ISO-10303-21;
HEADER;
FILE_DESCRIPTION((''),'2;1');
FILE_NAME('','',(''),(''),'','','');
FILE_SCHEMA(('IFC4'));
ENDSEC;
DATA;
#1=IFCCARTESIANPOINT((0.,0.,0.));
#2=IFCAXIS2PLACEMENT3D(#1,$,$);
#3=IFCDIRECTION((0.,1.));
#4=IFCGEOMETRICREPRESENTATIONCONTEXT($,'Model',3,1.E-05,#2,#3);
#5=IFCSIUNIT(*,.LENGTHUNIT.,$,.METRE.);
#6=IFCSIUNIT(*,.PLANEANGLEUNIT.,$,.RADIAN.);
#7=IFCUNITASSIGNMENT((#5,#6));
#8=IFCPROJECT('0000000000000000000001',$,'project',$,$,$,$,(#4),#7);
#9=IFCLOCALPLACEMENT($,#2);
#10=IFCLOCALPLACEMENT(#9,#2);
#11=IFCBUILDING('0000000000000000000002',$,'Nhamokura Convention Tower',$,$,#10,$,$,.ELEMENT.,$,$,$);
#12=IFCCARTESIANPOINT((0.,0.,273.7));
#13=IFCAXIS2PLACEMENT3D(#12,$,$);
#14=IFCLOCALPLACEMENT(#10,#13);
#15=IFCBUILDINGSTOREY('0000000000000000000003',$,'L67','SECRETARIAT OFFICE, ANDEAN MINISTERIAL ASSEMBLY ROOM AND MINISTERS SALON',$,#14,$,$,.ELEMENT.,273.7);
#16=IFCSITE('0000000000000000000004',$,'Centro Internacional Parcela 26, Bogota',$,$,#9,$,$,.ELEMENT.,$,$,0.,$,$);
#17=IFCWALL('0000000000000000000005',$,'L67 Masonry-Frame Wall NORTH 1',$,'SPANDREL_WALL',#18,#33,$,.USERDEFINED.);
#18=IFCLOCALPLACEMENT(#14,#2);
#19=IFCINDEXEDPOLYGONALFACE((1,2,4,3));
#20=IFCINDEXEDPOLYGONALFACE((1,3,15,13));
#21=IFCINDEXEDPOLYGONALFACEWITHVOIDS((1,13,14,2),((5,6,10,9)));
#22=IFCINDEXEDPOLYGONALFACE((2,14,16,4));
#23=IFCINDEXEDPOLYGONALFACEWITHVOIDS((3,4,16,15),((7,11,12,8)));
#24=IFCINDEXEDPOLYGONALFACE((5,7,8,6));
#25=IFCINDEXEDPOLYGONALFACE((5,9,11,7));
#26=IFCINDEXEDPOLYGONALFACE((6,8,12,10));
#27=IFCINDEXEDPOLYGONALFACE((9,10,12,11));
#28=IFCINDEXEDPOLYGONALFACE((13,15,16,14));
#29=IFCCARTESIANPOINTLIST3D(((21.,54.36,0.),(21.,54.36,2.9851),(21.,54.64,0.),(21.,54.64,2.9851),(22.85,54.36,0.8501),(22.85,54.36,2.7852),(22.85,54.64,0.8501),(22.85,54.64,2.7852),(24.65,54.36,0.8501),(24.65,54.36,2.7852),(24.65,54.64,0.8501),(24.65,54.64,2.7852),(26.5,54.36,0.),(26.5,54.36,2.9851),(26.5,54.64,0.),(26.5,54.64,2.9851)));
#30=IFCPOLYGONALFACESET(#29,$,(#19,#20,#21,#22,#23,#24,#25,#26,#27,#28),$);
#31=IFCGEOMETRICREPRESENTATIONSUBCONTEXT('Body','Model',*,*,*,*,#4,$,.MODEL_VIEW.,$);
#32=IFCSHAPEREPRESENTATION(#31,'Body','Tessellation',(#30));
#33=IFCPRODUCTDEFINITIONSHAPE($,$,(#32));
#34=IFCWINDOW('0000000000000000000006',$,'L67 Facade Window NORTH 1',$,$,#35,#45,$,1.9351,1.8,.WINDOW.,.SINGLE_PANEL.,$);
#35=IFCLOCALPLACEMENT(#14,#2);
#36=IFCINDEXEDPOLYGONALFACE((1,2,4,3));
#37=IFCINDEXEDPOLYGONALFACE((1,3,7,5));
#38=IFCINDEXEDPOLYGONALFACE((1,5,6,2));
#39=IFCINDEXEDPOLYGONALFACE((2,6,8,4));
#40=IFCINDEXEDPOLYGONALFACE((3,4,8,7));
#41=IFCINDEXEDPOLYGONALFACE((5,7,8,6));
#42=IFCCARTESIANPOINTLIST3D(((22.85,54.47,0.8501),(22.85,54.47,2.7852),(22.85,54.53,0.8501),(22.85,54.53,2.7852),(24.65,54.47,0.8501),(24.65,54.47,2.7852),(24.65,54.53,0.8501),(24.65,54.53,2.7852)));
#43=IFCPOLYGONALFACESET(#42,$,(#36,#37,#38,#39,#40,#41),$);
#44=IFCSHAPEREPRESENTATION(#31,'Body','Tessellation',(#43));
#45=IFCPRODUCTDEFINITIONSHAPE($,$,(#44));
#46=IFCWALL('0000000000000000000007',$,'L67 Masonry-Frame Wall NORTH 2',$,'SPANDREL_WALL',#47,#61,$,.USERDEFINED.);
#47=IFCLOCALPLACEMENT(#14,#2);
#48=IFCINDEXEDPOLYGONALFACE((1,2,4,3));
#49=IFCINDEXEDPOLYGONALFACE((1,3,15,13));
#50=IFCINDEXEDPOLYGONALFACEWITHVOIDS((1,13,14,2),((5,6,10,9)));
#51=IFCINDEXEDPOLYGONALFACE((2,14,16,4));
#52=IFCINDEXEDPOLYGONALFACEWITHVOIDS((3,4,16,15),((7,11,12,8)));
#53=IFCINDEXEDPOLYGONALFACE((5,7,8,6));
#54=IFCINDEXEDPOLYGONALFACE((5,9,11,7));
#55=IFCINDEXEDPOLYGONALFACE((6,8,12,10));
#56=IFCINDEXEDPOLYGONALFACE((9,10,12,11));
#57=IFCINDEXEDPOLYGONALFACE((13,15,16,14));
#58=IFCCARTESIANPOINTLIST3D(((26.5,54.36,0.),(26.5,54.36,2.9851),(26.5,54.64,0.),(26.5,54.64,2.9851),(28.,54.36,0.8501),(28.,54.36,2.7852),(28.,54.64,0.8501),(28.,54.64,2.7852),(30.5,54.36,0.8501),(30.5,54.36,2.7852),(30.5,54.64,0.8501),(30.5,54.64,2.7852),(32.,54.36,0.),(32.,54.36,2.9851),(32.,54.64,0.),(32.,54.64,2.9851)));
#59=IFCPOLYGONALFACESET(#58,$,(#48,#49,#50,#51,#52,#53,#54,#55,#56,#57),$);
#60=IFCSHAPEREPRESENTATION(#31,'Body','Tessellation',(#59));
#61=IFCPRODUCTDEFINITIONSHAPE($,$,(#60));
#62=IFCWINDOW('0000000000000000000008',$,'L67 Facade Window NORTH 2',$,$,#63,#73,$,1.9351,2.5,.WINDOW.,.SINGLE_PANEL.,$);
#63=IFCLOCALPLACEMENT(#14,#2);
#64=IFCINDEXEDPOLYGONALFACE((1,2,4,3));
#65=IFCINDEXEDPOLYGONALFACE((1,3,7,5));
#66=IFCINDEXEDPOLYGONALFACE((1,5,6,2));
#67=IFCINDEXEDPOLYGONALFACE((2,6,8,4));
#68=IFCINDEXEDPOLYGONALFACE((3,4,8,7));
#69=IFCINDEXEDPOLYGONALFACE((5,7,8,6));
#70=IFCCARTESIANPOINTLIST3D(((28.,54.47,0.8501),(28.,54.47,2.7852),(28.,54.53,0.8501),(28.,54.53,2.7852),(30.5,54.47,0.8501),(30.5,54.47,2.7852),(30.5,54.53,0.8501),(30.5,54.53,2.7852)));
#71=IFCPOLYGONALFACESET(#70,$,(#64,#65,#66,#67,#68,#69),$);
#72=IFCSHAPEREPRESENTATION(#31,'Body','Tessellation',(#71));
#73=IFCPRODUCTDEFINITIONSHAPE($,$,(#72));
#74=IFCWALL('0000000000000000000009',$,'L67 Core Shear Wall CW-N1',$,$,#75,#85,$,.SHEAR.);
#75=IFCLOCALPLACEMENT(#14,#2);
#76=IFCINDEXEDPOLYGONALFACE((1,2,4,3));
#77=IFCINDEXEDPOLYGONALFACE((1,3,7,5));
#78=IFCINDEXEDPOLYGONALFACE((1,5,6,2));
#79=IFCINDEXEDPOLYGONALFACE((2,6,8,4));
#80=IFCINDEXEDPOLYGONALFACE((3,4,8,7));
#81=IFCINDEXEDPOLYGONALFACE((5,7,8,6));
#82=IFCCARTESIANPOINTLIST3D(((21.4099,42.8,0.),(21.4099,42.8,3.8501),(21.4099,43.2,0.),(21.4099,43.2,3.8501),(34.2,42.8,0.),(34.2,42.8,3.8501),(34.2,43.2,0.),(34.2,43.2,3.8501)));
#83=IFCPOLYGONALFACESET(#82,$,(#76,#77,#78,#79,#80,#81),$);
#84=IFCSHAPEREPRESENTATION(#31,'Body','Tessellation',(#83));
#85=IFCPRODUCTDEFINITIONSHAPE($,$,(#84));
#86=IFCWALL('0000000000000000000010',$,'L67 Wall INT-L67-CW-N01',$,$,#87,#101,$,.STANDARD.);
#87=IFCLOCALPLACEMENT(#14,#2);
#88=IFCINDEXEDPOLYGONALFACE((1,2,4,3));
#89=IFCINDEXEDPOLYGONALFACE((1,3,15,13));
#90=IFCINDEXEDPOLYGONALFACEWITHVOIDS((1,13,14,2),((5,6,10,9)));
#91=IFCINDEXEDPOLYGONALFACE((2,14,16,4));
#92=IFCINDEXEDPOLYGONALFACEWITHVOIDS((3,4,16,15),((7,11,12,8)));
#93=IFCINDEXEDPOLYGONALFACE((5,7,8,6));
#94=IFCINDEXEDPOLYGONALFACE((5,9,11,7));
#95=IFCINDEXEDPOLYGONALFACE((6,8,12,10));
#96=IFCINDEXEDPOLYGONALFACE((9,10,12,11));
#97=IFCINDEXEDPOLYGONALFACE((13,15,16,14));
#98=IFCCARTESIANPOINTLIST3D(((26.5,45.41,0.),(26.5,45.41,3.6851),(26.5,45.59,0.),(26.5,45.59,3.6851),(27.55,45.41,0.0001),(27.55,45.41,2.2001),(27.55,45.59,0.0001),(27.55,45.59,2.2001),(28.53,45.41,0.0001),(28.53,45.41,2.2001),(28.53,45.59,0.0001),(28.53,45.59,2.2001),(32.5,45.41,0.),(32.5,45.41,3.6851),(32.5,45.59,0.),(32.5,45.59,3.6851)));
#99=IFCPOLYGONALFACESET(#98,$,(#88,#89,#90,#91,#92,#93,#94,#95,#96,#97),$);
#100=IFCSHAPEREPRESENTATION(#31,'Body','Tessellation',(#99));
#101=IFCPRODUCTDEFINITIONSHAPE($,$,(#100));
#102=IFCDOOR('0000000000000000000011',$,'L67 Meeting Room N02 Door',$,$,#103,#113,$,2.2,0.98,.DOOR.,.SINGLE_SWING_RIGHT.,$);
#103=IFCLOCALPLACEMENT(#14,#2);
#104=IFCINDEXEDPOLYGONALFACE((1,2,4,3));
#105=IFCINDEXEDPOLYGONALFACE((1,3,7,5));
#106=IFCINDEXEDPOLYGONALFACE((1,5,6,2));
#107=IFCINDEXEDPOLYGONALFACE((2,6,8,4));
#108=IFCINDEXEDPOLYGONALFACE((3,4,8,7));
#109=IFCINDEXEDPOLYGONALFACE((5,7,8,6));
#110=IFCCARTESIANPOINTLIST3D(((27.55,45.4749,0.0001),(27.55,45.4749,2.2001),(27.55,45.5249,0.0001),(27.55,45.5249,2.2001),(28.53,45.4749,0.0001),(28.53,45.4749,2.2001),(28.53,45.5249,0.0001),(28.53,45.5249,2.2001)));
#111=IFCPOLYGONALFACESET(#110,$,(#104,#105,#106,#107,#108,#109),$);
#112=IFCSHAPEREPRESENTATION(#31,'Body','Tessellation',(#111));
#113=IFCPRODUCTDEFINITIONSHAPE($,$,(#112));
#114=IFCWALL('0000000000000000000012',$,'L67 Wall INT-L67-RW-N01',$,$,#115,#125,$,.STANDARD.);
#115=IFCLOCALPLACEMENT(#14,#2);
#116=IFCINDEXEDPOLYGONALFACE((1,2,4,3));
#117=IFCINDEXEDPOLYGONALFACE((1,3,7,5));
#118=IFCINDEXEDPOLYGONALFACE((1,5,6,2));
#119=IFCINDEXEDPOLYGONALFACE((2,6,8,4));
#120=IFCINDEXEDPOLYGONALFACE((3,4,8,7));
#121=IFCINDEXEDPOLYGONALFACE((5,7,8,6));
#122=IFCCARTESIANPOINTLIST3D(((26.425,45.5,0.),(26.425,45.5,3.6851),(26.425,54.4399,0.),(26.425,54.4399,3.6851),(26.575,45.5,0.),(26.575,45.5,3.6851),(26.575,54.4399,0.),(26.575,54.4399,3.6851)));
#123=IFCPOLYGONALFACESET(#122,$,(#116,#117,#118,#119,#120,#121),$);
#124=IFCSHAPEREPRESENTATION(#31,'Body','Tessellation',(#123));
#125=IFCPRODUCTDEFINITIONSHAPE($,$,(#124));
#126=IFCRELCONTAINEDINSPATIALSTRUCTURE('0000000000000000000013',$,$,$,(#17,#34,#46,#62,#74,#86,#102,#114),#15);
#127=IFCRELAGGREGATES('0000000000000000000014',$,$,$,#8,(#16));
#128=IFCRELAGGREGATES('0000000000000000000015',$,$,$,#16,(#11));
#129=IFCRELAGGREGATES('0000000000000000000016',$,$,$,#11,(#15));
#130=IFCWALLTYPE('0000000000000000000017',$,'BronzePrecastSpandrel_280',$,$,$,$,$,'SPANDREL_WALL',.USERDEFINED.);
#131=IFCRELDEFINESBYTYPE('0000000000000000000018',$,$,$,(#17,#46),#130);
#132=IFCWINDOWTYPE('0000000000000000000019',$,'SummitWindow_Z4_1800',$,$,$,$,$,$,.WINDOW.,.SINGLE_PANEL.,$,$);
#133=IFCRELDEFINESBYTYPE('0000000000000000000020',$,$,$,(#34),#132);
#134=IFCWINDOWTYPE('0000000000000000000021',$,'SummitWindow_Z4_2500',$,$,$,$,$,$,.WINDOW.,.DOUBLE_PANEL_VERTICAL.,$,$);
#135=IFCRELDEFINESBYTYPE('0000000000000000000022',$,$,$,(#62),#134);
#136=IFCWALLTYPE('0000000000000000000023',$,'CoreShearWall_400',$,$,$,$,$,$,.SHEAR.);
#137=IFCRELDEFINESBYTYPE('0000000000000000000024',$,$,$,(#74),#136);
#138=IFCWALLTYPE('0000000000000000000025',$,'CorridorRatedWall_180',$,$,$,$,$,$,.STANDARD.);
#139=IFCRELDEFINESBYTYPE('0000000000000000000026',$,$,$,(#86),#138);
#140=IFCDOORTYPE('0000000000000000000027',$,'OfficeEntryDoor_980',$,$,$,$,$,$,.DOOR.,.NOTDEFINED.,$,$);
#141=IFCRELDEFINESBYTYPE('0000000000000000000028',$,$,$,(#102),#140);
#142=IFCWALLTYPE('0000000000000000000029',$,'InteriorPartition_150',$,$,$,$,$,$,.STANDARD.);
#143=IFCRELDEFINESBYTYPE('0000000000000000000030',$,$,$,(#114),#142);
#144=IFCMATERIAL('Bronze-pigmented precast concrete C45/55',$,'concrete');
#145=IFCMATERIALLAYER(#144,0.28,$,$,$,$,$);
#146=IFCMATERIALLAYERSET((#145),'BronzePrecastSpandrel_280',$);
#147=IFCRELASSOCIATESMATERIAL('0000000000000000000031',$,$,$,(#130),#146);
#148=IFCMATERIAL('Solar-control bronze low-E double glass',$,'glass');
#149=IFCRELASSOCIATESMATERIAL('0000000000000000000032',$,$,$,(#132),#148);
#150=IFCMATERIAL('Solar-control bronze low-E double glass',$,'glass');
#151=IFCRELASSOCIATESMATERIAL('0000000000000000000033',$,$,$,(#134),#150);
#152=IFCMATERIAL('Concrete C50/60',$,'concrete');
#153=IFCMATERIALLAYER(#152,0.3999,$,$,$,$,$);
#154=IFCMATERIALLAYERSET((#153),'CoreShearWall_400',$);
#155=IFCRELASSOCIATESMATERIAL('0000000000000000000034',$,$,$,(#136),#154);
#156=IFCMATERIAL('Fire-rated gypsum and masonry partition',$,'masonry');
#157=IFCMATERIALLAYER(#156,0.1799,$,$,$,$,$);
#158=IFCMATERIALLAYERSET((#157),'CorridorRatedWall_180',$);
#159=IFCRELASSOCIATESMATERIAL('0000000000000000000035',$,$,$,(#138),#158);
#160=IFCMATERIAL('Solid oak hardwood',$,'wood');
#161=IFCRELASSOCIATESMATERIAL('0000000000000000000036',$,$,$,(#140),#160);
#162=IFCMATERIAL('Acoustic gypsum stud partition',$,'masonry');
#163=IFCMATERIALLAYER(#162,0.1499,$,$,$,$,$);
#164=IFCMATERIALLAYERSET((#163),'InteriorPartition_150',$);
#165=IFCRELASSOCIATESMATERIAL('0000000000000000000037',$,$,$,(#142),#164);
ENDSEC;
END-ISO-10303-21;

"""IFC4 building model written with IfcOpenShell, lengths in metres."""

from ifc_helpers import new_model, si_unit, direction, frame, frame_2d, origin, place, context, subcontext, project, spatial, rectangle, extrude, material, layer, layer_set, type_object, element, fill, save


model = new_model("IFC4")

# Units and contexts
model_context = context("Model", 3, precision=1e-05, world=origin(), true_north=direction((0.0, 1.0)))
body_context = subcontext(model_context, "Body", "Model", "MODEL_VIEW")
ifc_project = project(units=[si_unit("LENGTHUNIT", "METRE"), si_unit("PLANEANGLEUNIT", "RADIAN")], contexts=[model_context])

# Site, building, storey
site_placement = place(None, origin())
site = spatial("IfcSite", under=ifc_project, at=site_placement, Name="Centro Internacional Parcela 26, Bogota", CompositionType="ELEMENT", RefElevation=0.0)
building_placement = place(site_placement, origin())
building = spatial("IfcBuilding", under=site, at=building_placement, Name="Nhamokura Convention Tower", CompositionType="ELEMENT")
storey_placement = place(building_placement, frame((0.0, 0.0, 273.7)))
storey = spatial("IfcBuildingStorey", under=building, at=storey_placement, Name="L67", Description="SECRETARIAT OFFICE, ANDEAN MINISTERIAL ASSEMBLY ROOM AND MINISTERS SALON", CompositionType="ELEMENT", Elevation=273.7)

# Shared definitions
ifc_material_1 = material(Name="Bronze-pigmented precast concrete C45/55", Category="concrete")
ifc_layer_1 = layer(ifc_material_1, 0.28)
ifc_layer_set_1 = layer_set([ifc_layer_1], Name="BronzePrecastSpandrel_280")
wall_type_1 = type_object("IfcWallType", Name="BronzePrecastSpandrel_280", ElementType="SPANDREL_WALL", PredefinedType="USERDEFINED", material=ifc_layer_set_1)

# Walls, openings, windows
wall_1_placement = place(storey_placement, frame((21.0, 54.5, 0.0), z_axis=(0.0, 0.0, 1.0), x_axis=(1.0, 0.0, 0.0)))
wall_1 = element("IfcWall", 1, at=wall_1_placement, inside=storey, type_object=wall_type_1, Name="L67 Masonry-Frame Wall NORTH 1", ObjectType="SPANDREL_WALL", PredefinedType="USERDEFINED", context=body_context, shape_type="SweptSolid", body=[
    extrude(rectangle(XDim=5.5, YDim=0.28, at=frame_2d((2.75, 0.0))), origin(), (0.0, 0.0, 1.0), 2.9851),
])
opening_1_placement = place(wall_1_placement, frame((1.8501, 0.0, 0.8501)))
opening_1 = element("IfcOpeningElement", 2, at=opening_1_placement, cuts=wall_1, PredefinedType="OPENING", context=body_context, shape_type="SweptSolid", body=[
    extrude(rectangle(XDim=1.8, YDim=1.9351, at=frame_2d((0.8999, 0.9675))), frame((0.0, 0.1499, 0.0), z_axis=(0.0, -1.0, 0.0), x_axis=(1.0, 0.0, 0.0)), (0.0, 0.0, 1.0), 0.3),
])
ifc_material_2 = material(Name="Solar-control bronze low-E double glass", Category="glass")
window_type_1 = type_object("IfcWindowType", Name="SummitWindow_Z4_1800", PartitioningType="SINGLE_PANEL", PredefinedType="WINDOW", material=ifc_material_2)
window_1_placement = place(opening_1_placement, origin())
window_1 = element("IfcWindow", 3, at=window_1_placement, inside=storey, type_object=window_type_1, Name="L67 Facade Window NORTH 1", OverallHeight=1.9351, OverallWidth=1.8, PartitioningType="SINGLE_PANEL", PredefinedType="WINDOW", context=body_context, shape_type="SweptSolid", body=[
    extrude(rectangle(XDim=1.8, YDim=1.9351, at=frame_2d((0.8999, 0.9675))), frame((0.0, 0.03, 0.0), z_axis=(0.0, -1.0, 0.0), x_axis=(1.0, 0.0, 0.0)), (0.0, 0.0, 1.0), 0.0601),
])
fill(opening_1, window_1)
wall_2_placement = place(storey_placement, frame((26.5, 54.5, 0.0), z_axis=(0.0, 0.0, 1.0), x_axis=(1.0, 0.0, 0.0)))
wall_2 = element("IfcWall", 4, at=wall_2_placement, inside=storey, type_object=wall_type_1, Name="L67 Masonry-Frame Wall NORTH 2", ObjectType="SPANDREL_WALL", PredefinedType="USERDEFINED", context=body_context, shape_type="SweptSolid", body=[
    extrude(rectangle(XDim=5.5, YDim=0.28, at=frame_2d((2.75, 0.0))), origin(), (0.0, 0.0, 1.0), 2.9851),
])
opening_2_placement = place(wall_2_placement, frame((1.5, 0.0, 0.8501)))
opening_2 = element("IfcOpeningElement", 5, at=opening_2_placement, cuts=wall_2, PredefinedType="OPENING", context=body_context, shape_type="SweptSolid", body=[
    extrude(rectangle(XDim=2.5, YDim=1.9351, at=frame_2d((1.25, 0.9675))), frame((0.0, 0.1499, 0.0), z_axis=(0.0, -1.0, 0.0), x_axis=(1.0, 0.0, 0.0)), (0.0, 0.0, 1.0), 0.3),
])
ifc_material_3 = material(Name="Solar-control bronze low-E double glass", Category="glass")
window_type_2 = type_object("IfcWindowType", Name="SummitWindow_Z4_2500", PartitioningType="DOUBLE_PANEL_VERTICAL", PredefinedType="WINDOW", material=ifc_material_3)
window_2_placement = place(opening_2_placement, origin())
window_2 = element("IfcWindow", 6, at=window_2_placement, inside=storey, type_object=window_type_2, Name="L67 Facade Window NORTH 2", OverallHeight=1.9351, OverallWidth=2.5, PartitioningType="SINGLE_PANEL", PredefinedType="WINDOW", context=body_context, shape_type="SweptSolid", body=[
    extrude(rectangle(XDim=2.5, YDim=1.9351, at=frame_2d((1.25, 0.9675))), frame((0.0, 0.03, 0.0), z_axis=(0.0, -1.0, 0.0), x_axis=(1.0, 0.0, 0.0)), (0.0, 0.0, 1.0), 0.0601),
])
fill(opening_2, window_2)

# Wall
ifc_material_4 = material(Name="Concrete C50/60", Category="concrete")
ifc_layer_2 = layer(ifc_material_4, 0.3999)
ifc_layer_set_2 = layer_set([ifc_layer_2], Name="CoreShearWall_400")
wall_type_2 = type_object("IfcWallType", Name="CoreShearWall_400", PredefinedType="SHEAR", material=ifc_layer_set_2)
wall_3_placement = place(storey_placement, frame((21.4099, 43.0, 0.0), z_axis=(0.0, 0.0, 1.0), x_axis=(1.0, 0.0, 0.0)))
element("IfcWall", 7, at=wall_3_placement, inside=storey, type_object=wall_type_2, Name="L67 Core Shear Wall CW-N1", PredefinedType="SHEAR", context=body_context, shape_type="SweptSolid", body=[
    extrude(rectangle(XDim=12.79, YDim=0.3999, at=frame_2d((6.395, 0.0))), origin(), (0.0, 0.0, 1.0), 3.8501),
])

# Wall, opening, door
ifc_material_5 = material(Name="Fire-rated gypsum and masonry partition", Category="masonry")
ifc_layer_3 = layer(ifc_material_5, 0.1799)
ifc_layer_set_3 = layer_set([ifc_layer_3], Name="CorridorRatedWall_180")
wall_type_3 = type_object("IfcWallType", Name="CorridorRatedWall_180", PredefinedType="STANDARD", material=ifc_layer_set_3)
wall_4_placement = place(storey_placement, frame((26.5, 45.5, 0.0), z_axis=(0.0, 0.0, 1.0), x_axis=(1.0, 0.0, 0.0)))
wall_4 = element("IfcWall", 8, at=wall_4_placement, inside=storey, type_object=wall_type_3, Name="L67 Wall INT-L67-CW-N01", PredefinedType="STANDARD", context=body_context, shape_type="SweptSolid", body=[
    extrude(rectangle(XDim=6.0, YDim=0.1799, at=frame_2d((3.0, 0.0))), origin(), (0.0, 0.0, 1.0), 3.6851),
])
opening_3_placement = place(wall_4_placement, frame((1.05, 0.0, 0.0)))
opening_3 = element("IfcOpeningElement", 9, at=opening_3_placement, cuts=wall_4, PredefinedType="OPENING", context=body_context, shape_type="SweptSolid", body=[
    extrude(rectangle(XDim=0.98, YDim=2.2, at=frame_2d((0.49, 1.1001))), frame((0.0, 0.0999, 0.0), z_axis=(0.0, -1.0, 0.0), x_axis=(1.0, 0.0, 0.0)), (0.0, 0.0, 1.0), 0.2),
])
ifc_material_6 = material(Name="Solid oak hardwood", Category="wood")
door_type = type_object("IfcDoorType", Name="OfficeEntryDoor_980", OperationType="NOTDEFINED", PredefinedType="DOOR", material=ifc_material_6)
door_placement = place(opening_3_placement, origin())
door = element("IfcDoor", 10, at=door_placement, inside=storey, type_object=door_type, Name="L67 Meeting Room N02 Door", OperationType="SINGLE_SWING_RIGHT", OverallHeight=2.2, OverallWidth=0.98, PredefinedType="DOOR", context=body_context, shape_type="SweptSolid", body=[
    extrude(rectangle(XDim=0.98, YDim=2.2, at=frame_2d((0.49, 1.1001))), frame((0.0, 0.0249, 0.0), z_axis=(0.0, -1.0, 0.0), x_axis=(1.0, 0.0, 0.0)), (0.0, 0.0, 1.0), 0.05),
])
fill(opening_3, door)

# Wall
ifc_material_7 = material(Name="Acoustic gypsum stud partition", Category="masonry")
ifc_layer_4 = layer(ifc_material_7, 0.1499)
ifc_layer_set_4 = layer_set([ifc_layer_4], Name="InteriorPartition_150")
wall_type_4 = type_object("IfcWallType", Name="InteriorPartition_150", PredefinedType="STANDARD", material=ifc_layer_set_4)
wall_5_placement = place(storey_placement, frame((26.5, 45.5, 0.0), z_axis=(0.0, 0.0, 1.0), x_axis=(0.0, 1.0, 0.0)))
element("IfcWall", 11, at=wall_5_placement, inside=storey, type_object=wall_type_4, Name="L67 Wall INT-L67-RW-N01", PredefinedType="STANDARD", context=body_context, shape_type="SweptSolid", body=[
    extrude(rectangle(XDim=8.9399, YDim=0.1499, at=frame_2d((4.47, 0.0))), origin(), (0.0, 0.0, 1.0), 3.6851),
])

save(model, "model.ifc")
